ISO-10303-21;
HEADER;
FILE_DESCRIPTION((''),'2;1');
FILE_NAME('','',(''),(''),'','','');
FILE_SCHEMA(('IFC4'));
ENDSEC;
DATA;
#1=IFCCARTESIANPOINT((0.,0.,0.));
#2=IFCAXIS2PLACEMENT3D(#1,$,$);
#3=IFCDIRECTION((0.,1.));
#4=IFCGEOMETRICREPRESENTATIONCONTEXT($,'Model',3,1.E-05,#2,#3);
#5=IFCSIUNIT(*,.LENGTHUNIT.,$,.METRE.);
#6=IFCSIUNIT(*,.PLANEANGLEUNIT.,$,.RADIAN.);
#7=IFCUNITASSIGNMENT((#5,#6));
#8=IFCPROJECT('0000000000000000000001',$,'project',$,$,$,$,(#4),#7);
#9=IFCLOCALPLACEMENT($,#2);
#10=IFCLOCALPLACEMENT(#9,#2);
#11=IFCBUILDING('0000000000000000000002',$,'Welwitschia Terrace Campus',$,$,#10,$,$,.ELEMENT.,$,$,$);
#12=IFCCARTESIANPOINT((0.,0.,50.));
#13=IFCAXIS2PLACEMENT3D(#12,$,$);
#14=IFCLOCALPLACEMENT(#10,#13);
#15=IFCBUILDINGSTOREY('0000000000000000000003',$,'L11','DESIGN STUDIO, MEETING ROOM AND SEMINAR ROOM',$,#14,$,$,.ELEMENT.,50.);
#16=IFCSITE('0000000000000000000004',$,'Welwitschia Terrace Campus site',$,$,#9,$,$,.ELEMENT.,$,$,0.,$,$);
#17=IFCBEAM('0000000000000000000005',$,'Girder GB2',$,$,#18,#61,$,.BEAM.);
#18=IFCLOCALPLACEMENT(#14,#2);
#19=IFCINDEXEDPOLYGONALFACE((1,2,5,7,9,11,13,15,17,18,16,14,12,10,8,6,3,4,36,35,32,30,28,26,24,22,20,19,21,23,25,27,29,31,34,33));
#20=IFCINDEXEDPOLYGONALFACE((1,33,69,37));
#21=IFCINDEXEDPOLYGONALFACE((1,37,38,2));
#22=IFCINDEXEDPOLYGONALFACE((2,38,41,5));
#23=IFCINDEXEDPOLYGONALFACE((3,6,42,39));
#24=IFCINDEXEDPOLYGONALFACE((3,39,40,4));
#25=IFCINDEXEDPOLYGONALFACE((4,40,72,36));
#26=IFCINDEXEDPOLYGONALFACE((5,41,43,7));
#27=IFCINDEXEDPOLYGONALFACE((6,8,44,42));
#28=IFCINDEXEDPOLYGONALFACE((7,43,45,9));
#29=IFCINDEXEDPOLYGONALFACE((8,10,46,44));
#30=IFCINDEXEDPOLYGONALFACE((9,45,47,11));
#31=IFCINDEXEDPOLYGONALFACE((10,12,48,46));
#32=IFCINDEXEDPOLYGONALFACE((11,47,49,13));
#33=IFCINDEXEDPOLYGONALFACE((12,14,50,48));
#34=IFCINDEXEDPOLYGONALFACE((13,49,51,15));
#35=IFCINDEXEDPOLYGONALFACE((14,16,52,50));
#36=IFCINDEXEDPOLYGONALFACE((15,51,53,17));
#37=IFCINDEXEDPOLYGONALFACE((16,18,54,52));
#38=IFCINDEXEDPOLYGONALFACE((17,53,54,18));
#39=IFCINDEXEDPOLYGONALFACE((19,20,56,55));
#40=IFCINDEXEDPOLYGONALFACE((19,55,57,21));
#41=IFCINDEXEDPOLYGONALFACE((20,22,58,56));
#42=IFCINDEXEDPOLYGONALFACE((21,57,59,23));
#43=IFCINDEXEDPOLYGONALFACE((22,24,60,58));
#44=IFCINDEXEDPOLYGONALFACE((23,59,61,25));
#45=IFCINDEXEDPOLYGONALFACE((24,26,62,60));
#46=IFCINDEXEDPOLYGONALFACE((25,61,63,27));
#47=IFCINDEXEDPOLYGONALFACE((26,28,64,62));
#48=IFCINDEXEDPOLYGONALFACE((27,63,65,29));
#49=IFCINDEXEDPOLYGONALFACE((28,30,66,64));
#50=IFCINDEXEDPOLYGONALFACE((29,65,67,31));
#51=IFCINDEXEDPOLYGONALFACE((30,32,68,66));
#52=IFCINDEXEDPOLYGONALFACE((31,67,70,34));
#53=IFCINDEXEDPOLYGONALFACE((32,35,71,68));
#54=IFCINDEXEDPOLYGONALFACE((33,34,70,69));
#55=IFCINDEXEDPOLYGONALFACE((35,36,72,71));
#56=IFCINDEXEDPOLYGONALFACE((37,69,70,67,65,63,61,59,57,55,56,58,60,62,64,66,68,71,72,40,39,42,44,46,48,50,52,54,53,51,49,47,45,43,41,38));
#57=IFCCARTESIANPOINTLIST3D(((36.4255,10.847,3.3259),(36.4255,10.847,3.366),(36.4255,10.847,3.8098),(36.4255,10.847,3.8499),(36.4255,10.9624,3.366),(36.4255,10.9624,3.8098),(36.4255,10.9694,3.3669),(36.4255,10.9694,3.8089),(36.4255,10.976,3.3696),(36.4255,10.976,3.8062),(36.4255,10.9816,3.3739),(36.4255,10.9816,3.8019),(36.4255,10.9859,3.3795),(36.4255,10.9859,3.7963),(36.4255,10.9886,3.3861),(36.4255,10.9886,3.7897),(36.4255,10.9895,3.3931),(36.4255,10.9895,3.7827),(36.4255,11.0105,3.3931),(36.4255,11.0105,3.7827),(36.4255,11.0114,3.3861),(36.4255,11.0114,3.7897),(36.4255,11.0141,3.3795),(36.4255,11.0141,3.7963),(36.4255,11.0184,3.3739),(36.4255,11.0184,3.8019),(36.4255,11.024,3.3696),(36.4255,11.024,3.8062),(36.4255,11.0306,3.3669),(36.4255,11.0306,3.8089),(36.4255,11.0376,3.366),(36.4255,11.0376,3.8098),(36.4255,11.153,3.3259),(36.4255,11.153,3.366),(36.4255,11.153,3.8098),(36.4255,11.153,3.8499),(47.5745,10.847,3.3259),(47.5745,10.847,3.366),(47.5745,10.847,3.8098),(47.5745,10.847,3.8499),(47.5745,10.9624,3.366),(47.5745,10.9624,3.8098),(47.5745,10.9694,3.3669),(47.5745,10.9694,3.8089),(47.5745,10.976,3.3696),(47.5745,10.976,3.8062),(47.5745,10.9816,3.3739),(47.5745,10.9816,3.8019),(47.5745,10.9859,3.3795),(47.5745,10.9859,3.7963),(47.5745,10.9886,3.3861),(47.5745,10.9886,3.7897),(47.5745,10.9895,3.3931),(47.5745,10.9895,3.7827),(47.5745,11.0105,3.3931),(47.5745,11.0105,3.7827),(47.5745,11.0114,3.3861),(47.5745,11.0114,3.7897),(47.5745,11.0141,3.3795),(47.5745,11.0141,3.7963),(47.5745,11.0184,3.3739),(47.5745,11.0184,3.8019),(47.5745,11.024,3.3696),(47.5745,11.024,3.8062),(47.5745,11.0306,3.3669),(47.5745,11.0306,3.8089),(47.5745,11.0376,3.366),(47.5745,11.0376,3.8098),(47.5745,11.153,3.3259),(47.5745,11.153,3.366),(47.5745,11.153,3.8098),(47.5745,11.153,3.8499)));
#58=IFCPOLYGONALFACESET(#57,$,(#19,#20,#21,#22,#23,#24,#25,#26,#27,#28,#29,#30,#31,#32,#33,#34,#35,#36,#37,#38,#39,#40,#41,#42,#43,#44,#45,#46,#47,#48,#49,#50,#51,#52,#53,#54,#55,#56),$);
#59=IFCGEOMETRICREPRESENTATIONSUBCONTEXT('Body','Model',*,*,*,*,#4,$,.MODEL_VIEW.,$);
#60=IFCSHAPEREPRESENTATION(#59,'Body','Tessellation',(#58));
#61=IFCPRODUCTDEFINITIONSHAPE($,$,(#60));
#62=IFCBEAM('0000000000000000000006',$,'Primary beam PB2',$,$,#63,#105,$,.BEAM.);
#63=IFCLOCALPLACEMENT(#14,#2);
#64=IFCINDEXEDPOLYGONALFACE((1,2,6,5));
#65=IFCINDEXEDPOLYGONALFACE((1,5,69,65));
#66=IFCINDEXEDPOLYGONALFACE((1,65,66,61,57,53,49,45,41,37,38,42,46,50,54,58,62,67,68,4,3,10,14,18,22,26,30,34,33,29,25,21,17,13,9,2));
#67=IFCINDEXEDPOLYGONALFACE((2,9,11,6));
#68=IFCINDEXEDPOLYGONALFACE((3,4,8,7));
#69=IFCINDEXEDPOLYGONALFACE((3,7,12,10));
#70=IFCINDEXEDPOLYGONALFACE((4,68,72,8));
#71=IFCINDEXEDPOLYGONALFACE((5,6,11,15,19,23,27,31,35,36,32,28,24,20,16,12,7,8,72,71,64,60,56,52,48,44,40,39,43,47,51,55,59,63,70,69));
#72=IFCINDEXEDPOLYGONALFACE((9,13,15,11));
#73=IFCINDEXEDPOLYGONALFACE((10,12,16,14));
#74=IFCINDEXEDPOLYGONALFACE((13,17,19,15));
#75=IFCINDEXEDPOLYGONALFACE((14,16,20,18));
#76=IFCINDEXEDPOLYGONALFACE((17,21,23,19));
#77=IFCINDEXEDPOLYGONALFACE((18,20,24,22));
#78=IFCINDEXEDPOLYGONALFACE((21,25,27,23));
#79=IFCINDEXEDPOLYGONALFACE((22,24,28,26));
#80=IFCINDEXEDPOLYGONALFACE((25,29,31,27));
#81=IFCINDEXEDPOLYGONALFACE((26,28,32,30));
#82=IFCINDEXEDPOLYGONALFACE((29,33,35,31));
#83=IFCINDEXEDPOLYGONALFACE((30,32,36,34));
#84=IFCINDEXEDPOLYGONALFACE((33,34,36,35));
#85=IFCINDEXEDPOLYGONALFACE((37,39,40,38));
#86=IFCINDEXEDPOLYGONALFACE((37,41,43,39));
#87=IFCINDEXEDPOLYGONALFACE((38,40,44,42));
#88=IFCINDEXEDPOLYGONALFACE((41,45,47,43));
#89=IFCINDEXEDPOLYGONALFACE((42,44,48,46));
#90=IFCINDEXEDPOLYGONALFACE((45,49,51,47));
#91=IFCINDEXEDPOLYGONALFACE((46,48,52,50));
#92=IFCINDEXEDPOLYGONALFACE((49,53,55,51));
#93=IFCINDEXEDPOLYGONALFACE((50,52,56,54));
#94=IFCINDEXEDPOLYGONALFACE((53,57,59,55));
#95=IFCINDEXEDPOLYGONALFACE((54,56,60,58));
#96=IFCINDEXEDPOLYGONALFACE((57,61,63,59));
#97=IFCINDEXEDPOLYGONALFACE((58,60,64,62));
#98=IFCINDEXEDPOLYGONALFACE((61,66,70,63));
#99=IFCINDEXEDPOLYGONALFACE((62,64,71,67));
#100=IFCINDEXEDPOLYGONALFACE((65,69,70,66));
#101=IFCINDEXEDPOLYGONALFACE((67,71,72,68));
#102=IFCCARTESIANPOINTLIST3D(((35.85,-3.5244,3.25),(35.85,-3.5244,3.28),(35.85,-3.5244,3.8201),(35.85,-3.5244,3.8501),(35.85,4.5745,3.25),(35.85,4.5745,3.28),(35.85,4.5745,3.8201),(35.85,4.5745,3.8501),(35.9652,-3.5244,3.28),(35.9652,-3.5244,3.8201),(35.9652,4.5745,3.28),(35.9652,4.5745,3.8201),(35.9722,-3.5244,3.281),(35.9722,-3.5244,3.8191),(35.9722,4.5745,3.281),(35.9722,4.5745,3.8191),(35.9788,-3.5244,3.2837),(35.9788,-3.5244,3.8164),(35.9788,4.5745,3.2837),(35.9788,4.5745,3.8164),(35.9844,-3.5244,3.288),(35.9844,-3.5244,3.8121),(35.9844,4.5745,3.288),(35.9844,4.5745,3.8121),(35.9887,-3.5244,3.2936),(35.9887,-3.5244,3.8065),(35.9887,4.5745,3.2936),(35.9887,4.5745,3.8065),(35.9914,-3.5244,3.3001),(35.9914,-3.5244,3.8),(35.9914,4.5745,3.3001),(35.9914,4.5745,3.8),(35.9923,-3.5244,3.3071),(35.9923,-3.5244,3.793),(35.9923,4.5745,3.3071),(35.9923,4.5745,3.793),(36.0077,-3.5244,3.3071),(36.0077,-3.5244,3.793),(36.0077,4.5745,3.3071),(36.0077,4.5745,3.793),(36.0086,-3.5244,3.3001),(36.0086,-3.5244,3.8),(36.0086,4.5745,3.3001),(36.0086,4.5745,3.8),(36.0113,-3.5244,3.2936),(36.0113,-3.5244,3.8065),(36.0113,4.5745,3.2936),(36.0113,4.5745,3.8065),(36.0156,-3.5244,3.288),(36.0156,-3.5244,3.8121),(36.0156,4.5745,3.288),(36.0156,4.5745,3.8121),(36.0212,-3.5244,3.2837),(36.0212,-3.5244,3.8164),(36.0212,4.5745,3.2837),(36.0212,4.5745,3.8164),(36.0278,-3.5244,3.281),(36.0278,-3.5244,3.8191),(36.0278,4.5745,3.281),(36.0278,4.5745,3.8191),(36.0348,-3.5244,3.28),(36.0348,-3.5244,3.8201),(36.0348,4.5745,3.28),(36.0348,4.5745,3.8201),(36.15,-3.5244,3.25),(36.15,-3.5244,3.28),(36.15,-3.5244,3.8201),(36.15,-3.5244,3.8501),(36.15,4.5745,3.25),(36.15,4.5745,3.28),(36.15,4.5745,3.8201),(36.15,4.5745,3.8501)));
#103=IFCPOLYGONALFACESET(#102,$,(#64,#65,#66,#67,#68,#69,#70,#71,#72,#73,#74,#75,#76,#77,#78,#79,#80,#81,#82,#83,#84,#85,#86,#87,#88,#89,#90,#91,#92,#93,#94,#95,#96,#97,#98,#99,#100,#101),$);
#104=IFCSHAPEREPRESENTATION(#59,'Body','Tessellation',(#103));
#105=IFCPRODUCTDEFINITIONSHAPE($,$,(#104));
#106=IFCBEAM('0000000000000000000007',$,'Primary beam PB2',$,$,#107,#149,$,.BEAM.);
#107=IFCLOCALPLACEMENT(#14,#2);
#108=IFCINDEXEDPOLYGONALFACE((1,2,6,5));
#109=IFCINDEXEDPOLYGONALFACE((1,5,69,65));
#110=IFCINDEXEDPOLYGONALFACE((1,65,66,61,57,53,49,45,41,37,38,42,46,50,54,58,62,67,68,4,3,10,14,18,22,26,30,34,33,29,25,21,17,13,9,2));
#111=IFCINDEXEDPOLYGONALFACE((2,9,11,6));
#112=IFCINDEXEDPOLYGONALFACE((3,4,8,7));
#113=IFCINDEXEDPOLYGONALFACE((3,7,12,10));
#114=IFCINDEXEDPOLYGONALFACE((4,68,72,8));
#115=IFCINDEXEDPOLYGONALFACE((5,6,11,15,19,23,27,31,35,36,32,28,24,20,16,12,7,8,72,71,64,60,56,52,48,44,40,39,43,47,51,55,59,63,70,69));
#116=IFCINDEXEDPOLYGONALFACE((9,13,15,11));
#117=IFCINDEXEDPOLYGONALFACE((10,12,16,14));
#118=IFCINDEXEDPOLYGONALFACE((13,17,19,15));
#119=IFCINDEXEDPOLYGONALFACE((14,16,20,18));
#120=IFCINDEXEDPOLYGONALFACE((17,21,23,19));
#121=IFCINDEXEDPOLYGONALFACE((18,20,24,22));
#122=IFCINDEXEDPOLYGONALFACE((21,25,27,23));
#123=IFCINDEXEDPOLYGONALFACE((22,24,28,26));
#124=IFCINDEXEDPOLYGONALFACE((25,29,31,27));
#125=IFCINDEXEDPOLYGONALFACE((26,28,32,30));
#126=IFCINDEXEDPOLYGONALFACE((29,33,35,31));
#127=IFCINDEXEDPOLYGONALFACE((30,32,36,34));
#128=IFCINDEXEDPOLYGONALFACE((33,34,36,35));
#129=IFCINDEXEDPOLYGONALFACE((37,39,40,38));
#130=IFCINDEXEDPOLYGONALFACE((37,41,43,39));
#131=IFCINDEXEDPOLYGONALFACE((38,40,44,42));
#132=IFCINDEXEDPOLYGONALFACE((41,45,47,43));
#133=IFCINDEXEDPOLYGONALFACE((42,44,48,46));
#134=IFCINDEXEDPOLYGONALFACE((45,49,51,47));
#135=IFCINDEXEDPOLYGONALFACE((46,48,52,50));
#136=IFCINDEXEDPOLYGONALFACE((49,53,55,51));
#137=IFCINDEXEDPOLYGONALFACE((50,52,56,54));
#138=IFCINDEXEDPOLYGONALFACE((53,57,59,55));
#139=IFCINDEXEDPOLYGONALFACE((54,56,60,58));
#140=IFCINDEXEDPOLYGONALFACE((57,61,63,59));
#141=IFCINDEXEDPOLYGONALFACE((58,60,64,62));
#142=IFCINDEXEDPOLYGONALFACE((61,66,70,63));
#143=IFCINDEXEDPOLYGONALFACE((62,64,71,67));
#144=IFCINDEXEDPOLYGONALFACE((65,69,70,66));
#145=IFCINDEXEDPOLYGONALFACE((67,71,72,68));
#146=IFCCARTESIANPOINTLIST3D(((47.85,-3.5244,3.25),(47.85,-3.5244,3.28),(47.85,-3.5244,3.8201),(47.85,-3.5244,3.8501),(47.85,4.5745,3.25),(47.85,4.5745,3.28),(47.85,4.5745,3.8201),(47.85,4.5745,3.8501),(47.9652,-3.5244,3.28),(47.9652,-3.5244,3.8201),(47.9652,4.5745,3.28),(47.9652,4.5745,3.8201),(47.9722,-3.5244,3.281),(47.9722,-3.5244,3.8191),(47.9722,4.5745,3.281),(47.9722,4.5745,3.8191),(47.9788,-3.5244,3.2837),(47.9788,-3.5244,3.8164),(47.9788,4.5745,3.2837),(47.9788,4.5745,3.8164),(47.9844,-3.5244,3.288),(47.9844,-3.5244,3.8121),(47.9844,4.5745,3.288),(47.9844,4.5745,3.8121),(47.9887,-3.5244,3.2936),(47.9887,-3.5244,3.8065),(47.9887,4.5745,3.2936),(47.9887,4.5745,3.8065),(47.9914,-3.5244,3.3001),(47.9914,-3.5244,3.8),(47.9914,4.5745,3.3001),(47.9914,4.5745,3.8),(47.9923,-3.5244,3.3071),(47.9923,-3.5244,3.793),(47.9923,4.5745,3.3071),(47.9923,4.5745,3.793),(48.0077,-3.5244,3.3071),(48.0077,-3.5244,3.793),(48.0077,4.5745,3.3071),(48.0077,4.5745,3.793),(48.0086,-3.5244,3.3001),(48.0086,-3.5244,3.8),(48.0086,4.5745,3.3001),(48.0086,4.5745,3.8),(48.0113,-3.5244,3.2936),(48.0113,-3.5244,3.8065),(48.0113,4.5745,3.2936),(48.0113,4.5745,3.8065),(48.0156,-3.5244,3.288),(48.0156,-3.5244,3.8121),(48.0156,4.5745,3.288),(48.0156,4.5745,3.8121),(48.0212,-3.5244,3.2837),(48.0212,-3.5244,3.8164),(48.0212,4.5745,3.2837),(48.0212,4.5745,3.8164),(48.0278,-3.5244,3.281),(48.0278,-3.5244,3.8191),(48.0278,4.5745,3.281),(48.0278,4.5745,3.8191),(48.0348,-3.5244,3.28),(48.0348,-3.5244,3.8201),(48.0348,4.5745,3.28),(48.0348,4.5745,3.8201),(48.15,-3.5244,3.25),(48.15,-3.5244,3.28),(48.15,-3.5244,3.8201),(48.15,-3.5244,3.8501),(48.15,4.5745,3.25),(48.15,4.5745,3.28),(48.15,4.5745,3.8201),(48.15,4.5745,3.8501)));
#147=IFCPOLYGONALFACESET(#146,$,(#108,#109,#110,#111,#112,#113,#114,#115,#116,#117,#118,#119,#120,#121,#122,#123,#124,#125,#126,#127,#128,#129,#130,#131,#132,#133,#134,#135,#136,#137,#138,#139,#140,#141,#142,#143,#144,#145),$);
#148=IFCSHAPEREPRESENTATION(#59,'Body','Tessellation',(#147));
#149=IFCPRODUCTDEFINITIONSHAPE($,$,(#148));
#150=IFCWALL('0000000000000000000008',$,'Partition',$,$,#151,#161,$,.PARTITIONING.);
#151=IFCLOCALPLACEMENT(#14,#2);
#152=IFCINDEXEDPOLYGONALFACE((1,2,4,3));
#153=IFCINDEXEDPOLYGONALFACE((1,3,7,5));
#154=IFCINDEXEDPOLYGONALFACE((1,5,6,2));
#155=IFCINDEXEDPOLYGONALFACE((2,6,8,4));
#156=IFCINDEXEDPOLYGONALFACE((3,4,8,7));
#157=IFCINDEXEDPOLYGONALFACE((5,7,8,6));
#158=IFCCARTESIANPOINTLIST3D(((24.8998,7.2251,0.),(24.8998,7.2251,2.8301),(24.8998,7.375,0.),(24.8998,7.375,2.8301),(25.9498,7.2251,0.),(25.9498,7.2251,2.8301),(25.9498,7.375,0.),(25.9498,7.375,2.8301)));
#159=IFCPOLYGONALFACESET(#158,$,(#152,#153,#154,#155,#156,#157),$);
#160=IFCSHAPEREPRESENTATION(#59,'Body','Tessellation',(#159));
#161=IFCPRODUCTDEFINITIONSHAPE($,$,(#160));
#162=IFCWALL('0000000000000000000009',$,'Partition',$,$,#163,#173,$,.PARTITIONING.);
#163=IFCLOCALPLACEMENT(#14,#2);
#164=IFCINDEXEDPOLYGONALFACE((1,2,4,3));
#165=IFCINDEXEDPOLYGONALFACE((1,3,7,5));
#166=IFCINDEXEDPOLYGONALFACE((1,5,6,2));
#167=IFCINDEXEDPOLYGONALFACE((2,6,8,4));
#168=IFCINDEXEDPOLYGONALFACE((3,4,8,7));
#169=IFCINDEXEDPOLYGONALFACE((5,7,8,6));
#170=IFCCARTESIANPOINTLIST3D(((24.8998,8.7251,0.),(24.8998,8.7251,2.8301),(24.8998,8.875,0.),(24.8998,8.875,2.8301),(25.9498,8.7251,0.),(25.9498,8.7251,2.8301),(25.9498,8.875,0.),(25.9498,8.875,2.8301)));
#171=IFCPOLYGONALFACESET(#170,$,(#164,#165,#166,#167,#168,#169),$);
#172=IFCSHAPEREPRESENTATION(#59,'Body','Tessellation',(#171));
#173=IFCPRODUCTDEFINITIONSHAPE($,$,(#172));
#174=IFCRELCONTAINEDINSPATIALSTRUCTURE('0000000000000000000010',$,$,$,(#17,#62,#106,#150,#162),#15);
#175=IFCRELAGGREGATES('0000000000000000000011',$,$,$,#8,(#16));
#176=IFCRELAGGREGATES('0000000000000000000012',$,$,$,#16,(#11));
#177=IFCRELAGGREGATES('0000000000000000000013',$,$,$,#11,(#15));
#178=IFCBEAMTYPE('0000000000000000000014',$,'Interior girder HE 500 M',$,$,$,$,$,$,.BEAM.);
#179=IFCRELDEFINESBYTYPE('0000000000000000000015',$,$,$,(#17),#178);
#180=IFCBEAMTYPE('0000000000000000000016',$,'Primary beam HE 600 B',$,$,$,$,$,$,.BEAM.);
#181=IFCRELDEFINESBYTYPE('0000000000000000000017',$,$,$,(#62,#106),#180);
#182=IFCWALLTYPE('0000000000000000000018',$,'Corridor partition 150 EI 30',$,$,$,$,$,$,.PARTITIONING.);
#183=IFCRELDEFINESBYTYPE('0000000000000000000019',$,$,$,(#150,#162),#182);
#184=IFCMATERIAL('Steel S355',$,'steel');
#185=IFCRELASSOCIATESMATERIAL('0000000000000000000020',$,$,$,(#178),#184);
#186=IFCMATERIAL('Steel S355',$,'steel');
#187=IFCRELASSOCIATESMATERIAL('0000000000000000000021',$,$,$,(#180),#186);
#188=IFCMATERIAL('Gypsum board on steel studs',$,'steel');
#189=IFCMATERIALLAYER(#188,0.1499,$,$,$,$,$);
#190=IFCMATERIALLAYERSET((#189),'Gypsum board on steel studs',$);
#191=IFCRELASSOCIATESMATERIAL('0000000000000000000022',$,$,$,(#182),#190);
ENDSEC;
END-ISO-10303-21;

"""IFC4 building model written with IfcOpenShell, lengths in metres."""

from ifc_helpers import new_model, si_unit, direction, frame, frame_2d, origin, origin_2d, place, context, subcontext, project, spatial, rectangle, i_section, extrude, material, layer, layer_set, material_profile, profile_set, type_object, element, save


model = new_model("IFC4")

# Units and contexts
model_context = context("Model", 3, precision=1e-05, world=origin(), true_north=direction((0.0, 1.0)))
body_context = subcontext(model_context, "Body", "Model", "MODEL_VIEW")
ifc_project = project(units=[si_unit("LENGTHUNIT", "METRE"), si_unit("PLANEANGLEUNIT", "RADIAN")], contexts=[model_context])

# Site, building, storey
site_placement = place(None, origin())
site = spatial("IfcSite", under=ifc_project, at=site_placement, Name="Welwitschia Terrace Campus site", CompositionType="ELEMENT", RefElevation=0.0)
building_placement = place(site_placement, origin())
building = spatial("IfcBuilding", under=site, at=building_placement, Name="Welwitschia Terrace Campus", CompositionType="ELEMENT")
storey_placement = place(building_placement, frame((0.0, 0.0, 50.0)))
storey = spatial("IfcBuildingStorey", under=building, at=storey_placement, Name="L11", Description="DESIGN STUDIO, MEETING ROOM AND SEMINAR ROOM", CompositionType="ELEMENT", Elevation=50.0)

# Beams
ifc_material_1 = material(Name="Steel S355", Category="steel")
ifc_material_profile_1 = material_profile(ifc_material_1, i_section(OverallWidth=0.3059, OverallDepth=0.5239, WebThickness=0.021, FlangeThickness=0.04, FilletRadius=0.0271, at=origin_2d()))
ifc_profile_set_1 = profile_set([ifc_material_profile_1], Name="Steel S355")
beam_type_1 = type_object("IfcBeamType", Name="Interior girder HE 500 M", PredefinedType="BEAM", material=ifc_profile_set_1)
beam_1_placement = place(storey_placement, frame((36.4255, 11.0, 3.5879), z_axis=(1.0, 0.0, 0.0), x_axis=(0.0, 1.0, 0.0)))
element("IfcBeam", 1, at=beam_1_placement, inside=storey, type_object=beam_type_1, Name="Girder GB2", PredefinedType="BEAM", context=body_context, shape_type="SweptSolid", body=[
    extrude(i_section(OverallWidth=0.3059, OverallDepth=0.5239, WebThickness=0.021, FlangeThickness=0.04, FilletRadius=0.0271, at=origin_2d()), origin(), (0.0, 0.0, 1.0), 11.1489),
])
ifc_material_2 = material(Name="Steel S355", Category="steel")
ifc_material_profile_2 = material_profile(ifc_material_2, i_section(OverallWidth=0.3, OverallDepth=0.6001, WebThickness=0.0154, FlangeThickness=0.03, FilletRadius=0.0271, at=origin_2d()))
ifc_profile_set_2 = profile_set([ifc_material_profile_2], Name="Steel S355")
beam_type_2 = type_object("IfcBeamType", Name="Primary beam HE 600 B", PredefinedType="BEAM", material=ifc_profile_set_2)
for number, where, z_axis, x_axis, name in (
    (2, (36.0, -3.5244, 3.55), (0.0, 1.0, 0.0), (-1.0, 0.0, 0.0), "Primary beam PB2"),
    (3, (48.0, -3.5244, 3.55), (0.0, 1.0, 0.0), (-1.0, 0.0, 0.0), "Primary beam PB2"),
):
    element("IfcBeam", number, at=place(storey_placement, frame(where, z_axis=z_axis, x_axis=x_axis)), inside=storey, type_object=beam_type_2, Name=name, PredefinedType="BEAM", context=body_context, shape_type="SweptSolid", body=[
        extrude(i_section(OverallWidth=0.3, OverallDepth=0.6001, WebThickness=0.0154, FlangeThickness=0.03, FilletRadius=0.0271, at=origin_2d()), origin(), (0.0, 0.0, 1.0), 8.0989),
    ])

# Walls
ifc_material_3 = material(Name="Gypsum board on steel studs", Category="steel")
ifc_layer = layer(ifc_material_3, 0.1499)
ifc_layer_set = layer_set([ifc_layer], Name="Gypsum board on steel studs")
wall_type = type_object("IfcWallType", Name="Corridor partition 150 EI 30", PredefinedType="PARTITIONING", material=ifc_layer_set)
for number, where, z_axis, x_axis, name in (
    (4, (24.8999, 7.3, 0.0), (0.0, 0.0, 1.0), (1.0, 0.0, 0.0), "Partition"),
    (5, (24.8999, 8.8, 0.0), (0.0, 0.0, 1.0), (1.0, 0.0, 0.0), "Partition"),
):
    element("IfcWall", number, at=place(storey_placement, frame(where, z_axis=z_axis, x_axis=x_axis)), inside=storey, type_object=wall_type, Name=name, PredefinedType="PARTITIONING", context=body_context, shape_type="SweptSolid", body=[
        extrude(rectangle(XDim=1.05, YDim=0.1499, at=frame_2d((0.5249, 0.0))), origin(), (0.0, 0.0, 1.0), 2.8301),
    ])

save(model, "model.ifc")
